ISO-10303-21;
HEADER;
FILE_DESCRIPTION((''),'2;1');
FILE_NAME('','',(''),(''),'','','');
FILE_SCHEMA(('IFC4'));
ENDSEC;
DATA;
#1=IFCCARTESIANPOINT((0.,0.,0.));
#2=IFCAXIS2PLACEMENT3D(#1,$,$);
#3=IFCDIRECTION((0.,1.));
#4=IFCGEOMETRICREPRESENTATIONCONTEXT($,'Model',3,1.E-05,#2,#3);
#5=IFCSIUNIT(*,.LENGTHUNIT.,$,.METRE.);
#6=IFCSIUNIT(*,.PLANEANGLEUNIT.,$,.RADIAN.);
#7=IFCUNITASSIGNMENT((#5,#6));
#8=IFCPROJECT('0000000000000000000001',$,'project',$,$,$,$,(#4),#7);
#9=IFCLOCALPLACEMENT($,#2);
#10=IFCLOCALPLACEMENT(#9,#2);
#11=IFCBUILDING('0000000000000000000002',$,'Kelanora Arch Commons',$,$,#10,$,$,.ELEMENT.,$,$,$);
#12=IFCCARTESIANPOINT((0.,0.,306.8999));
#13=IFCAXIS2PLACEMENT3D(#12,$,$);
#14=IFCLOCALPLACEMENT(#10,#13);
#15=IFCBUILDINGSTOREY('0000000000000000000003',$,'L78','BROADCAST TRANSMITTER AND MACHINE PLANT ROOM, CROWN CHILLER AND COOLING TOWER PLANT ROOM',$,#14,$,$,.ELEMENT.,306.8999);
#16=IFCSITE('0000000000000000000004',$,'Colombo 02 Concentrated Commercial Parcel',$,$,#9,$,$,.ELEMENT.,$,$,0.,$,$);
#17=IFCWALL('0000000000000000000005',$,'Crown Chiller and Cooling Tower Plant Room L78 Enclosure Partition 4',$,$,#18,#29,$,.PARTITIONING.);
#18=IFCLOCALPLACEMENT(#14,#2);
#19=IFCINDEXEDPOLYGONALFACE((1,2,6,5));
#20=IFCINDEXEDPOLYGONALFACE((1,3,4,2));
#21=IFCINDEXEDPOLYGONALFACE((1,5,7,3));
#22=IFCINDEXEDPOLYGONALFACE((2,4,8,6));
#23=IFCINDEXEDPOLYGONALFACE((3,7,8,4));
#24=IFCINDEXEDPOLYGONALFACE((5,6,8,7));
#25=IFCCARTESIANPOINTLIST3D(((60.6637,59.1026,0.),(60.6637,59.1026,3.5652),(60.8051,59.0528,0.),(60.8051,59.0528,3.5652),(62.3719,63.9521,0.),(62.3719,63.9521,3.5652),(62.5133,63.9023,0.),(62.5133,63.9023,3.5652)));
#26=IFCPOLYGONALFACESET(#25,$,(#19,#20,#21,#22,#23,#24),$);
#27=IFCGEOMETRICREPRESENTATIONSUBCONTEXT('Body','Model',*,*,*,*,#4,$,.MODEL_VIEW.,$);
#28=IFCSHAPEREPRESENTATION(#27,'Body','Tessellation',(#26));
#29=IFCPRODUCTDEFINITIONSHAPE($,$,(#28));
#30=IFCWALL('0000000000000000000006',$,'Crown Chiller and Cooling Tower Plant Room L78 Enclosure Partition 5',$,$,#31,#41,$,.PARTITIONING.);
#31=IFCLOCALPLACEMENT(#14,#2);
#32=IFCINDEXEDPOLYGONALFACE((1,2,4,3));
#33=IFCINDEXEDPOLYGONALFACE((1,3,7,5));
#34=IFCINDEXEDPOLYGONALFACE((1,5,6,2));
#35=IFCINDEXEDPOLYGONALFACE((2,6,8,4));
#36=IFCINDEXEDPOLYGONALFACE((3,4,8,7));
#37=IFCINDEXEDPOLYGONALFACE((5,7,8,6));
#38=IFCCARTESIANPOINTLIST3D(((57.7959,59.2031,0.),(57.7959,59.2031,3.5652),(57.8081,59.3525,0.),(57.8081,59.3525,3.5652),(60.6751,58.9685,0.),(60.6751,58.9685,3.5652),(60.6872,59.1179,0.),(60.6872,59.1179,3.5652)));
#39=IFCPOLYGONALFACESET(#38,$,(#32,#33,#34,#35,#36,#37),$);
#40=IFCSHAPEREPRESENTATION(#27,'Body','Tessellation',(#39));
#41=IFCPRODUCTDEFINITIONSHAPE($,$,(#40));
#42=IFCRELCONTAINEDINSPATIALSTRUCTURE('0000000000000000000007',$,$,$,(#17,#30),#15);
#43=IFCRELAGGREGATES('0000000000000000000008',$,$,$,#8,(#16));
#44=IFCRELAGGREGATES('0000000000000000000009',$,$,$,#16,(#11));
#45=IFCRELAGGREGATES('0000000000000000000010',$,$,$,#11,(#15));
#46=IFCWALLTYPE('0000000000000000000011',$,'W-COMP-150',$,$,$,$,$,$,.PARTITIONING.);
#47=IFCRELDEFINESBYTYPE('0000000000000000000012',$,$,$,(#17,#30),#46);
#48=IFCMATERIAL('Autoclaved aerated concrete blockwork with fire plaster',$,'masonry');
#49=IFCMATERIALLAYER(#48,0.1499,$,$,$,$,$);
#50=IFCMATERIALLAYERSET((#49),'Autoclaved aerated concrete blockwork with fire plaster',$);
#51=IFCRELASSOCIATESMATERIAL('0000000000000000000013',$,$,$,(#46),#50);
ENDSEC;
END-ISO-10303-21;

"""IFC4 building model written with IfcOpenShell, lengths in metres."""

from ifc_helpers import new_model, si_unit, direction, frame, frame_2d, origin, place, context, subcontext, project, spatial, rectangle, extrude, material, layer, layer_set, type_object, element, save


model = new_model("IFC4")

# Units and contexts
model_context = context("Model", 3, precision=1e-05, world=origin(), true_north=direction((0.0, 1.0)))
body_context = subcontext(model_context, "Body", "Model", "MODEL_VIEW")
ifc_project = project(units=[si_unit("LENGTHUNIT", "METRE"), si_unit("PLANEANGLEUNIT", "RADIAN")], contexts=[model_context])

# Site, building, storey
site_placement = place(None, origin())
site = spatial("IfcSite", under=ifc_project, at=site_placement, Name="Colombo 02 Concentrated Commercial Parcel", CompositionType="ELEMENT", RefElevation=0.0)
building_placement = place(site_placement, origin())
building = spatial("IfcBuilding", under=site, at=building_placement, Name="Kelanora Arch Commons", CompositionType="ELEMENT")
storey_placement = place(building_placement, frame((0.0, 0.0, 306.8999)))
storey = spatial("IfcBuildingStorey", under=building, at=storey_placement, Name="L78", Description="BROADCAST TRANSMITTER AND MACHINE PLANT ROOM, CROWN CHILLER AND COOLING TOWER PLANT ROOM", CompositionType="ELEMENT", Elevation=306.8999)

# Walls
ifc_material_1 = material(Name="Autoclaved aerated concrete blockwork with fire plaster", Category="masonry")
ifc_layer_1 = layer(ifc_material_1, 0.1499)
ifc_layer_set_1 = layer_set([ifc_layer_1], Name="Autoclaved aerated concrete blockwork with fire plaster")
wall_type = type_object("IfcWallType", Name="W-COMP-150", PredefinedType="PARTITIONING", material=ifc_layer_set_1)
wall_1_placement = place(storey_placement, frame((62.4426, 63.9272, 0.0), z_axis=(0.0, 0.0, 1.0), x_axis=(-0.332236, -0.943196, 0.0)))
element("IfcWall", 1, at=wall_1_placement, inside=storey, type_object=wall_type, Name="Crown Chiller and Cooling Tower Plant Room L78 Enclosure Partition 4", PredefinedType="PARTITIONING", context=body_context, shape_type="SweptSolid", body=[
    extrude(rectangle(XDim=5.1416, YDim=0.1499, at=frame_2d((2.5708, 0.0))), origin(), (0.0, 0.0, 1.0), 3.5652),
])
wall_2_placement = place(storey_placement, frame((60.6812, 59.0432, 0.0), z_axis=(0.0, 0.0, 1.0), x_axis=(-0.996696, 0.08122, 0.0)))
element("IfcWall", 2, at=wall_2_placement, inside=storey, type_object=wall_type, Name="Crown Chiller and Cooling Tower Plant Room L78 Enclosure Partition 5", PredefinedType="PARTITIONING", context=body_context, shape_type="SweptSolid", body=[
    extrude(rectangle(XDim=2.8887, YDim=0.1499, at=frame_2d((1.4443, 0.0))), origin(), (0.0, 0.0, 1.0), 3.5652),
])

save(model, "model.ifc")
